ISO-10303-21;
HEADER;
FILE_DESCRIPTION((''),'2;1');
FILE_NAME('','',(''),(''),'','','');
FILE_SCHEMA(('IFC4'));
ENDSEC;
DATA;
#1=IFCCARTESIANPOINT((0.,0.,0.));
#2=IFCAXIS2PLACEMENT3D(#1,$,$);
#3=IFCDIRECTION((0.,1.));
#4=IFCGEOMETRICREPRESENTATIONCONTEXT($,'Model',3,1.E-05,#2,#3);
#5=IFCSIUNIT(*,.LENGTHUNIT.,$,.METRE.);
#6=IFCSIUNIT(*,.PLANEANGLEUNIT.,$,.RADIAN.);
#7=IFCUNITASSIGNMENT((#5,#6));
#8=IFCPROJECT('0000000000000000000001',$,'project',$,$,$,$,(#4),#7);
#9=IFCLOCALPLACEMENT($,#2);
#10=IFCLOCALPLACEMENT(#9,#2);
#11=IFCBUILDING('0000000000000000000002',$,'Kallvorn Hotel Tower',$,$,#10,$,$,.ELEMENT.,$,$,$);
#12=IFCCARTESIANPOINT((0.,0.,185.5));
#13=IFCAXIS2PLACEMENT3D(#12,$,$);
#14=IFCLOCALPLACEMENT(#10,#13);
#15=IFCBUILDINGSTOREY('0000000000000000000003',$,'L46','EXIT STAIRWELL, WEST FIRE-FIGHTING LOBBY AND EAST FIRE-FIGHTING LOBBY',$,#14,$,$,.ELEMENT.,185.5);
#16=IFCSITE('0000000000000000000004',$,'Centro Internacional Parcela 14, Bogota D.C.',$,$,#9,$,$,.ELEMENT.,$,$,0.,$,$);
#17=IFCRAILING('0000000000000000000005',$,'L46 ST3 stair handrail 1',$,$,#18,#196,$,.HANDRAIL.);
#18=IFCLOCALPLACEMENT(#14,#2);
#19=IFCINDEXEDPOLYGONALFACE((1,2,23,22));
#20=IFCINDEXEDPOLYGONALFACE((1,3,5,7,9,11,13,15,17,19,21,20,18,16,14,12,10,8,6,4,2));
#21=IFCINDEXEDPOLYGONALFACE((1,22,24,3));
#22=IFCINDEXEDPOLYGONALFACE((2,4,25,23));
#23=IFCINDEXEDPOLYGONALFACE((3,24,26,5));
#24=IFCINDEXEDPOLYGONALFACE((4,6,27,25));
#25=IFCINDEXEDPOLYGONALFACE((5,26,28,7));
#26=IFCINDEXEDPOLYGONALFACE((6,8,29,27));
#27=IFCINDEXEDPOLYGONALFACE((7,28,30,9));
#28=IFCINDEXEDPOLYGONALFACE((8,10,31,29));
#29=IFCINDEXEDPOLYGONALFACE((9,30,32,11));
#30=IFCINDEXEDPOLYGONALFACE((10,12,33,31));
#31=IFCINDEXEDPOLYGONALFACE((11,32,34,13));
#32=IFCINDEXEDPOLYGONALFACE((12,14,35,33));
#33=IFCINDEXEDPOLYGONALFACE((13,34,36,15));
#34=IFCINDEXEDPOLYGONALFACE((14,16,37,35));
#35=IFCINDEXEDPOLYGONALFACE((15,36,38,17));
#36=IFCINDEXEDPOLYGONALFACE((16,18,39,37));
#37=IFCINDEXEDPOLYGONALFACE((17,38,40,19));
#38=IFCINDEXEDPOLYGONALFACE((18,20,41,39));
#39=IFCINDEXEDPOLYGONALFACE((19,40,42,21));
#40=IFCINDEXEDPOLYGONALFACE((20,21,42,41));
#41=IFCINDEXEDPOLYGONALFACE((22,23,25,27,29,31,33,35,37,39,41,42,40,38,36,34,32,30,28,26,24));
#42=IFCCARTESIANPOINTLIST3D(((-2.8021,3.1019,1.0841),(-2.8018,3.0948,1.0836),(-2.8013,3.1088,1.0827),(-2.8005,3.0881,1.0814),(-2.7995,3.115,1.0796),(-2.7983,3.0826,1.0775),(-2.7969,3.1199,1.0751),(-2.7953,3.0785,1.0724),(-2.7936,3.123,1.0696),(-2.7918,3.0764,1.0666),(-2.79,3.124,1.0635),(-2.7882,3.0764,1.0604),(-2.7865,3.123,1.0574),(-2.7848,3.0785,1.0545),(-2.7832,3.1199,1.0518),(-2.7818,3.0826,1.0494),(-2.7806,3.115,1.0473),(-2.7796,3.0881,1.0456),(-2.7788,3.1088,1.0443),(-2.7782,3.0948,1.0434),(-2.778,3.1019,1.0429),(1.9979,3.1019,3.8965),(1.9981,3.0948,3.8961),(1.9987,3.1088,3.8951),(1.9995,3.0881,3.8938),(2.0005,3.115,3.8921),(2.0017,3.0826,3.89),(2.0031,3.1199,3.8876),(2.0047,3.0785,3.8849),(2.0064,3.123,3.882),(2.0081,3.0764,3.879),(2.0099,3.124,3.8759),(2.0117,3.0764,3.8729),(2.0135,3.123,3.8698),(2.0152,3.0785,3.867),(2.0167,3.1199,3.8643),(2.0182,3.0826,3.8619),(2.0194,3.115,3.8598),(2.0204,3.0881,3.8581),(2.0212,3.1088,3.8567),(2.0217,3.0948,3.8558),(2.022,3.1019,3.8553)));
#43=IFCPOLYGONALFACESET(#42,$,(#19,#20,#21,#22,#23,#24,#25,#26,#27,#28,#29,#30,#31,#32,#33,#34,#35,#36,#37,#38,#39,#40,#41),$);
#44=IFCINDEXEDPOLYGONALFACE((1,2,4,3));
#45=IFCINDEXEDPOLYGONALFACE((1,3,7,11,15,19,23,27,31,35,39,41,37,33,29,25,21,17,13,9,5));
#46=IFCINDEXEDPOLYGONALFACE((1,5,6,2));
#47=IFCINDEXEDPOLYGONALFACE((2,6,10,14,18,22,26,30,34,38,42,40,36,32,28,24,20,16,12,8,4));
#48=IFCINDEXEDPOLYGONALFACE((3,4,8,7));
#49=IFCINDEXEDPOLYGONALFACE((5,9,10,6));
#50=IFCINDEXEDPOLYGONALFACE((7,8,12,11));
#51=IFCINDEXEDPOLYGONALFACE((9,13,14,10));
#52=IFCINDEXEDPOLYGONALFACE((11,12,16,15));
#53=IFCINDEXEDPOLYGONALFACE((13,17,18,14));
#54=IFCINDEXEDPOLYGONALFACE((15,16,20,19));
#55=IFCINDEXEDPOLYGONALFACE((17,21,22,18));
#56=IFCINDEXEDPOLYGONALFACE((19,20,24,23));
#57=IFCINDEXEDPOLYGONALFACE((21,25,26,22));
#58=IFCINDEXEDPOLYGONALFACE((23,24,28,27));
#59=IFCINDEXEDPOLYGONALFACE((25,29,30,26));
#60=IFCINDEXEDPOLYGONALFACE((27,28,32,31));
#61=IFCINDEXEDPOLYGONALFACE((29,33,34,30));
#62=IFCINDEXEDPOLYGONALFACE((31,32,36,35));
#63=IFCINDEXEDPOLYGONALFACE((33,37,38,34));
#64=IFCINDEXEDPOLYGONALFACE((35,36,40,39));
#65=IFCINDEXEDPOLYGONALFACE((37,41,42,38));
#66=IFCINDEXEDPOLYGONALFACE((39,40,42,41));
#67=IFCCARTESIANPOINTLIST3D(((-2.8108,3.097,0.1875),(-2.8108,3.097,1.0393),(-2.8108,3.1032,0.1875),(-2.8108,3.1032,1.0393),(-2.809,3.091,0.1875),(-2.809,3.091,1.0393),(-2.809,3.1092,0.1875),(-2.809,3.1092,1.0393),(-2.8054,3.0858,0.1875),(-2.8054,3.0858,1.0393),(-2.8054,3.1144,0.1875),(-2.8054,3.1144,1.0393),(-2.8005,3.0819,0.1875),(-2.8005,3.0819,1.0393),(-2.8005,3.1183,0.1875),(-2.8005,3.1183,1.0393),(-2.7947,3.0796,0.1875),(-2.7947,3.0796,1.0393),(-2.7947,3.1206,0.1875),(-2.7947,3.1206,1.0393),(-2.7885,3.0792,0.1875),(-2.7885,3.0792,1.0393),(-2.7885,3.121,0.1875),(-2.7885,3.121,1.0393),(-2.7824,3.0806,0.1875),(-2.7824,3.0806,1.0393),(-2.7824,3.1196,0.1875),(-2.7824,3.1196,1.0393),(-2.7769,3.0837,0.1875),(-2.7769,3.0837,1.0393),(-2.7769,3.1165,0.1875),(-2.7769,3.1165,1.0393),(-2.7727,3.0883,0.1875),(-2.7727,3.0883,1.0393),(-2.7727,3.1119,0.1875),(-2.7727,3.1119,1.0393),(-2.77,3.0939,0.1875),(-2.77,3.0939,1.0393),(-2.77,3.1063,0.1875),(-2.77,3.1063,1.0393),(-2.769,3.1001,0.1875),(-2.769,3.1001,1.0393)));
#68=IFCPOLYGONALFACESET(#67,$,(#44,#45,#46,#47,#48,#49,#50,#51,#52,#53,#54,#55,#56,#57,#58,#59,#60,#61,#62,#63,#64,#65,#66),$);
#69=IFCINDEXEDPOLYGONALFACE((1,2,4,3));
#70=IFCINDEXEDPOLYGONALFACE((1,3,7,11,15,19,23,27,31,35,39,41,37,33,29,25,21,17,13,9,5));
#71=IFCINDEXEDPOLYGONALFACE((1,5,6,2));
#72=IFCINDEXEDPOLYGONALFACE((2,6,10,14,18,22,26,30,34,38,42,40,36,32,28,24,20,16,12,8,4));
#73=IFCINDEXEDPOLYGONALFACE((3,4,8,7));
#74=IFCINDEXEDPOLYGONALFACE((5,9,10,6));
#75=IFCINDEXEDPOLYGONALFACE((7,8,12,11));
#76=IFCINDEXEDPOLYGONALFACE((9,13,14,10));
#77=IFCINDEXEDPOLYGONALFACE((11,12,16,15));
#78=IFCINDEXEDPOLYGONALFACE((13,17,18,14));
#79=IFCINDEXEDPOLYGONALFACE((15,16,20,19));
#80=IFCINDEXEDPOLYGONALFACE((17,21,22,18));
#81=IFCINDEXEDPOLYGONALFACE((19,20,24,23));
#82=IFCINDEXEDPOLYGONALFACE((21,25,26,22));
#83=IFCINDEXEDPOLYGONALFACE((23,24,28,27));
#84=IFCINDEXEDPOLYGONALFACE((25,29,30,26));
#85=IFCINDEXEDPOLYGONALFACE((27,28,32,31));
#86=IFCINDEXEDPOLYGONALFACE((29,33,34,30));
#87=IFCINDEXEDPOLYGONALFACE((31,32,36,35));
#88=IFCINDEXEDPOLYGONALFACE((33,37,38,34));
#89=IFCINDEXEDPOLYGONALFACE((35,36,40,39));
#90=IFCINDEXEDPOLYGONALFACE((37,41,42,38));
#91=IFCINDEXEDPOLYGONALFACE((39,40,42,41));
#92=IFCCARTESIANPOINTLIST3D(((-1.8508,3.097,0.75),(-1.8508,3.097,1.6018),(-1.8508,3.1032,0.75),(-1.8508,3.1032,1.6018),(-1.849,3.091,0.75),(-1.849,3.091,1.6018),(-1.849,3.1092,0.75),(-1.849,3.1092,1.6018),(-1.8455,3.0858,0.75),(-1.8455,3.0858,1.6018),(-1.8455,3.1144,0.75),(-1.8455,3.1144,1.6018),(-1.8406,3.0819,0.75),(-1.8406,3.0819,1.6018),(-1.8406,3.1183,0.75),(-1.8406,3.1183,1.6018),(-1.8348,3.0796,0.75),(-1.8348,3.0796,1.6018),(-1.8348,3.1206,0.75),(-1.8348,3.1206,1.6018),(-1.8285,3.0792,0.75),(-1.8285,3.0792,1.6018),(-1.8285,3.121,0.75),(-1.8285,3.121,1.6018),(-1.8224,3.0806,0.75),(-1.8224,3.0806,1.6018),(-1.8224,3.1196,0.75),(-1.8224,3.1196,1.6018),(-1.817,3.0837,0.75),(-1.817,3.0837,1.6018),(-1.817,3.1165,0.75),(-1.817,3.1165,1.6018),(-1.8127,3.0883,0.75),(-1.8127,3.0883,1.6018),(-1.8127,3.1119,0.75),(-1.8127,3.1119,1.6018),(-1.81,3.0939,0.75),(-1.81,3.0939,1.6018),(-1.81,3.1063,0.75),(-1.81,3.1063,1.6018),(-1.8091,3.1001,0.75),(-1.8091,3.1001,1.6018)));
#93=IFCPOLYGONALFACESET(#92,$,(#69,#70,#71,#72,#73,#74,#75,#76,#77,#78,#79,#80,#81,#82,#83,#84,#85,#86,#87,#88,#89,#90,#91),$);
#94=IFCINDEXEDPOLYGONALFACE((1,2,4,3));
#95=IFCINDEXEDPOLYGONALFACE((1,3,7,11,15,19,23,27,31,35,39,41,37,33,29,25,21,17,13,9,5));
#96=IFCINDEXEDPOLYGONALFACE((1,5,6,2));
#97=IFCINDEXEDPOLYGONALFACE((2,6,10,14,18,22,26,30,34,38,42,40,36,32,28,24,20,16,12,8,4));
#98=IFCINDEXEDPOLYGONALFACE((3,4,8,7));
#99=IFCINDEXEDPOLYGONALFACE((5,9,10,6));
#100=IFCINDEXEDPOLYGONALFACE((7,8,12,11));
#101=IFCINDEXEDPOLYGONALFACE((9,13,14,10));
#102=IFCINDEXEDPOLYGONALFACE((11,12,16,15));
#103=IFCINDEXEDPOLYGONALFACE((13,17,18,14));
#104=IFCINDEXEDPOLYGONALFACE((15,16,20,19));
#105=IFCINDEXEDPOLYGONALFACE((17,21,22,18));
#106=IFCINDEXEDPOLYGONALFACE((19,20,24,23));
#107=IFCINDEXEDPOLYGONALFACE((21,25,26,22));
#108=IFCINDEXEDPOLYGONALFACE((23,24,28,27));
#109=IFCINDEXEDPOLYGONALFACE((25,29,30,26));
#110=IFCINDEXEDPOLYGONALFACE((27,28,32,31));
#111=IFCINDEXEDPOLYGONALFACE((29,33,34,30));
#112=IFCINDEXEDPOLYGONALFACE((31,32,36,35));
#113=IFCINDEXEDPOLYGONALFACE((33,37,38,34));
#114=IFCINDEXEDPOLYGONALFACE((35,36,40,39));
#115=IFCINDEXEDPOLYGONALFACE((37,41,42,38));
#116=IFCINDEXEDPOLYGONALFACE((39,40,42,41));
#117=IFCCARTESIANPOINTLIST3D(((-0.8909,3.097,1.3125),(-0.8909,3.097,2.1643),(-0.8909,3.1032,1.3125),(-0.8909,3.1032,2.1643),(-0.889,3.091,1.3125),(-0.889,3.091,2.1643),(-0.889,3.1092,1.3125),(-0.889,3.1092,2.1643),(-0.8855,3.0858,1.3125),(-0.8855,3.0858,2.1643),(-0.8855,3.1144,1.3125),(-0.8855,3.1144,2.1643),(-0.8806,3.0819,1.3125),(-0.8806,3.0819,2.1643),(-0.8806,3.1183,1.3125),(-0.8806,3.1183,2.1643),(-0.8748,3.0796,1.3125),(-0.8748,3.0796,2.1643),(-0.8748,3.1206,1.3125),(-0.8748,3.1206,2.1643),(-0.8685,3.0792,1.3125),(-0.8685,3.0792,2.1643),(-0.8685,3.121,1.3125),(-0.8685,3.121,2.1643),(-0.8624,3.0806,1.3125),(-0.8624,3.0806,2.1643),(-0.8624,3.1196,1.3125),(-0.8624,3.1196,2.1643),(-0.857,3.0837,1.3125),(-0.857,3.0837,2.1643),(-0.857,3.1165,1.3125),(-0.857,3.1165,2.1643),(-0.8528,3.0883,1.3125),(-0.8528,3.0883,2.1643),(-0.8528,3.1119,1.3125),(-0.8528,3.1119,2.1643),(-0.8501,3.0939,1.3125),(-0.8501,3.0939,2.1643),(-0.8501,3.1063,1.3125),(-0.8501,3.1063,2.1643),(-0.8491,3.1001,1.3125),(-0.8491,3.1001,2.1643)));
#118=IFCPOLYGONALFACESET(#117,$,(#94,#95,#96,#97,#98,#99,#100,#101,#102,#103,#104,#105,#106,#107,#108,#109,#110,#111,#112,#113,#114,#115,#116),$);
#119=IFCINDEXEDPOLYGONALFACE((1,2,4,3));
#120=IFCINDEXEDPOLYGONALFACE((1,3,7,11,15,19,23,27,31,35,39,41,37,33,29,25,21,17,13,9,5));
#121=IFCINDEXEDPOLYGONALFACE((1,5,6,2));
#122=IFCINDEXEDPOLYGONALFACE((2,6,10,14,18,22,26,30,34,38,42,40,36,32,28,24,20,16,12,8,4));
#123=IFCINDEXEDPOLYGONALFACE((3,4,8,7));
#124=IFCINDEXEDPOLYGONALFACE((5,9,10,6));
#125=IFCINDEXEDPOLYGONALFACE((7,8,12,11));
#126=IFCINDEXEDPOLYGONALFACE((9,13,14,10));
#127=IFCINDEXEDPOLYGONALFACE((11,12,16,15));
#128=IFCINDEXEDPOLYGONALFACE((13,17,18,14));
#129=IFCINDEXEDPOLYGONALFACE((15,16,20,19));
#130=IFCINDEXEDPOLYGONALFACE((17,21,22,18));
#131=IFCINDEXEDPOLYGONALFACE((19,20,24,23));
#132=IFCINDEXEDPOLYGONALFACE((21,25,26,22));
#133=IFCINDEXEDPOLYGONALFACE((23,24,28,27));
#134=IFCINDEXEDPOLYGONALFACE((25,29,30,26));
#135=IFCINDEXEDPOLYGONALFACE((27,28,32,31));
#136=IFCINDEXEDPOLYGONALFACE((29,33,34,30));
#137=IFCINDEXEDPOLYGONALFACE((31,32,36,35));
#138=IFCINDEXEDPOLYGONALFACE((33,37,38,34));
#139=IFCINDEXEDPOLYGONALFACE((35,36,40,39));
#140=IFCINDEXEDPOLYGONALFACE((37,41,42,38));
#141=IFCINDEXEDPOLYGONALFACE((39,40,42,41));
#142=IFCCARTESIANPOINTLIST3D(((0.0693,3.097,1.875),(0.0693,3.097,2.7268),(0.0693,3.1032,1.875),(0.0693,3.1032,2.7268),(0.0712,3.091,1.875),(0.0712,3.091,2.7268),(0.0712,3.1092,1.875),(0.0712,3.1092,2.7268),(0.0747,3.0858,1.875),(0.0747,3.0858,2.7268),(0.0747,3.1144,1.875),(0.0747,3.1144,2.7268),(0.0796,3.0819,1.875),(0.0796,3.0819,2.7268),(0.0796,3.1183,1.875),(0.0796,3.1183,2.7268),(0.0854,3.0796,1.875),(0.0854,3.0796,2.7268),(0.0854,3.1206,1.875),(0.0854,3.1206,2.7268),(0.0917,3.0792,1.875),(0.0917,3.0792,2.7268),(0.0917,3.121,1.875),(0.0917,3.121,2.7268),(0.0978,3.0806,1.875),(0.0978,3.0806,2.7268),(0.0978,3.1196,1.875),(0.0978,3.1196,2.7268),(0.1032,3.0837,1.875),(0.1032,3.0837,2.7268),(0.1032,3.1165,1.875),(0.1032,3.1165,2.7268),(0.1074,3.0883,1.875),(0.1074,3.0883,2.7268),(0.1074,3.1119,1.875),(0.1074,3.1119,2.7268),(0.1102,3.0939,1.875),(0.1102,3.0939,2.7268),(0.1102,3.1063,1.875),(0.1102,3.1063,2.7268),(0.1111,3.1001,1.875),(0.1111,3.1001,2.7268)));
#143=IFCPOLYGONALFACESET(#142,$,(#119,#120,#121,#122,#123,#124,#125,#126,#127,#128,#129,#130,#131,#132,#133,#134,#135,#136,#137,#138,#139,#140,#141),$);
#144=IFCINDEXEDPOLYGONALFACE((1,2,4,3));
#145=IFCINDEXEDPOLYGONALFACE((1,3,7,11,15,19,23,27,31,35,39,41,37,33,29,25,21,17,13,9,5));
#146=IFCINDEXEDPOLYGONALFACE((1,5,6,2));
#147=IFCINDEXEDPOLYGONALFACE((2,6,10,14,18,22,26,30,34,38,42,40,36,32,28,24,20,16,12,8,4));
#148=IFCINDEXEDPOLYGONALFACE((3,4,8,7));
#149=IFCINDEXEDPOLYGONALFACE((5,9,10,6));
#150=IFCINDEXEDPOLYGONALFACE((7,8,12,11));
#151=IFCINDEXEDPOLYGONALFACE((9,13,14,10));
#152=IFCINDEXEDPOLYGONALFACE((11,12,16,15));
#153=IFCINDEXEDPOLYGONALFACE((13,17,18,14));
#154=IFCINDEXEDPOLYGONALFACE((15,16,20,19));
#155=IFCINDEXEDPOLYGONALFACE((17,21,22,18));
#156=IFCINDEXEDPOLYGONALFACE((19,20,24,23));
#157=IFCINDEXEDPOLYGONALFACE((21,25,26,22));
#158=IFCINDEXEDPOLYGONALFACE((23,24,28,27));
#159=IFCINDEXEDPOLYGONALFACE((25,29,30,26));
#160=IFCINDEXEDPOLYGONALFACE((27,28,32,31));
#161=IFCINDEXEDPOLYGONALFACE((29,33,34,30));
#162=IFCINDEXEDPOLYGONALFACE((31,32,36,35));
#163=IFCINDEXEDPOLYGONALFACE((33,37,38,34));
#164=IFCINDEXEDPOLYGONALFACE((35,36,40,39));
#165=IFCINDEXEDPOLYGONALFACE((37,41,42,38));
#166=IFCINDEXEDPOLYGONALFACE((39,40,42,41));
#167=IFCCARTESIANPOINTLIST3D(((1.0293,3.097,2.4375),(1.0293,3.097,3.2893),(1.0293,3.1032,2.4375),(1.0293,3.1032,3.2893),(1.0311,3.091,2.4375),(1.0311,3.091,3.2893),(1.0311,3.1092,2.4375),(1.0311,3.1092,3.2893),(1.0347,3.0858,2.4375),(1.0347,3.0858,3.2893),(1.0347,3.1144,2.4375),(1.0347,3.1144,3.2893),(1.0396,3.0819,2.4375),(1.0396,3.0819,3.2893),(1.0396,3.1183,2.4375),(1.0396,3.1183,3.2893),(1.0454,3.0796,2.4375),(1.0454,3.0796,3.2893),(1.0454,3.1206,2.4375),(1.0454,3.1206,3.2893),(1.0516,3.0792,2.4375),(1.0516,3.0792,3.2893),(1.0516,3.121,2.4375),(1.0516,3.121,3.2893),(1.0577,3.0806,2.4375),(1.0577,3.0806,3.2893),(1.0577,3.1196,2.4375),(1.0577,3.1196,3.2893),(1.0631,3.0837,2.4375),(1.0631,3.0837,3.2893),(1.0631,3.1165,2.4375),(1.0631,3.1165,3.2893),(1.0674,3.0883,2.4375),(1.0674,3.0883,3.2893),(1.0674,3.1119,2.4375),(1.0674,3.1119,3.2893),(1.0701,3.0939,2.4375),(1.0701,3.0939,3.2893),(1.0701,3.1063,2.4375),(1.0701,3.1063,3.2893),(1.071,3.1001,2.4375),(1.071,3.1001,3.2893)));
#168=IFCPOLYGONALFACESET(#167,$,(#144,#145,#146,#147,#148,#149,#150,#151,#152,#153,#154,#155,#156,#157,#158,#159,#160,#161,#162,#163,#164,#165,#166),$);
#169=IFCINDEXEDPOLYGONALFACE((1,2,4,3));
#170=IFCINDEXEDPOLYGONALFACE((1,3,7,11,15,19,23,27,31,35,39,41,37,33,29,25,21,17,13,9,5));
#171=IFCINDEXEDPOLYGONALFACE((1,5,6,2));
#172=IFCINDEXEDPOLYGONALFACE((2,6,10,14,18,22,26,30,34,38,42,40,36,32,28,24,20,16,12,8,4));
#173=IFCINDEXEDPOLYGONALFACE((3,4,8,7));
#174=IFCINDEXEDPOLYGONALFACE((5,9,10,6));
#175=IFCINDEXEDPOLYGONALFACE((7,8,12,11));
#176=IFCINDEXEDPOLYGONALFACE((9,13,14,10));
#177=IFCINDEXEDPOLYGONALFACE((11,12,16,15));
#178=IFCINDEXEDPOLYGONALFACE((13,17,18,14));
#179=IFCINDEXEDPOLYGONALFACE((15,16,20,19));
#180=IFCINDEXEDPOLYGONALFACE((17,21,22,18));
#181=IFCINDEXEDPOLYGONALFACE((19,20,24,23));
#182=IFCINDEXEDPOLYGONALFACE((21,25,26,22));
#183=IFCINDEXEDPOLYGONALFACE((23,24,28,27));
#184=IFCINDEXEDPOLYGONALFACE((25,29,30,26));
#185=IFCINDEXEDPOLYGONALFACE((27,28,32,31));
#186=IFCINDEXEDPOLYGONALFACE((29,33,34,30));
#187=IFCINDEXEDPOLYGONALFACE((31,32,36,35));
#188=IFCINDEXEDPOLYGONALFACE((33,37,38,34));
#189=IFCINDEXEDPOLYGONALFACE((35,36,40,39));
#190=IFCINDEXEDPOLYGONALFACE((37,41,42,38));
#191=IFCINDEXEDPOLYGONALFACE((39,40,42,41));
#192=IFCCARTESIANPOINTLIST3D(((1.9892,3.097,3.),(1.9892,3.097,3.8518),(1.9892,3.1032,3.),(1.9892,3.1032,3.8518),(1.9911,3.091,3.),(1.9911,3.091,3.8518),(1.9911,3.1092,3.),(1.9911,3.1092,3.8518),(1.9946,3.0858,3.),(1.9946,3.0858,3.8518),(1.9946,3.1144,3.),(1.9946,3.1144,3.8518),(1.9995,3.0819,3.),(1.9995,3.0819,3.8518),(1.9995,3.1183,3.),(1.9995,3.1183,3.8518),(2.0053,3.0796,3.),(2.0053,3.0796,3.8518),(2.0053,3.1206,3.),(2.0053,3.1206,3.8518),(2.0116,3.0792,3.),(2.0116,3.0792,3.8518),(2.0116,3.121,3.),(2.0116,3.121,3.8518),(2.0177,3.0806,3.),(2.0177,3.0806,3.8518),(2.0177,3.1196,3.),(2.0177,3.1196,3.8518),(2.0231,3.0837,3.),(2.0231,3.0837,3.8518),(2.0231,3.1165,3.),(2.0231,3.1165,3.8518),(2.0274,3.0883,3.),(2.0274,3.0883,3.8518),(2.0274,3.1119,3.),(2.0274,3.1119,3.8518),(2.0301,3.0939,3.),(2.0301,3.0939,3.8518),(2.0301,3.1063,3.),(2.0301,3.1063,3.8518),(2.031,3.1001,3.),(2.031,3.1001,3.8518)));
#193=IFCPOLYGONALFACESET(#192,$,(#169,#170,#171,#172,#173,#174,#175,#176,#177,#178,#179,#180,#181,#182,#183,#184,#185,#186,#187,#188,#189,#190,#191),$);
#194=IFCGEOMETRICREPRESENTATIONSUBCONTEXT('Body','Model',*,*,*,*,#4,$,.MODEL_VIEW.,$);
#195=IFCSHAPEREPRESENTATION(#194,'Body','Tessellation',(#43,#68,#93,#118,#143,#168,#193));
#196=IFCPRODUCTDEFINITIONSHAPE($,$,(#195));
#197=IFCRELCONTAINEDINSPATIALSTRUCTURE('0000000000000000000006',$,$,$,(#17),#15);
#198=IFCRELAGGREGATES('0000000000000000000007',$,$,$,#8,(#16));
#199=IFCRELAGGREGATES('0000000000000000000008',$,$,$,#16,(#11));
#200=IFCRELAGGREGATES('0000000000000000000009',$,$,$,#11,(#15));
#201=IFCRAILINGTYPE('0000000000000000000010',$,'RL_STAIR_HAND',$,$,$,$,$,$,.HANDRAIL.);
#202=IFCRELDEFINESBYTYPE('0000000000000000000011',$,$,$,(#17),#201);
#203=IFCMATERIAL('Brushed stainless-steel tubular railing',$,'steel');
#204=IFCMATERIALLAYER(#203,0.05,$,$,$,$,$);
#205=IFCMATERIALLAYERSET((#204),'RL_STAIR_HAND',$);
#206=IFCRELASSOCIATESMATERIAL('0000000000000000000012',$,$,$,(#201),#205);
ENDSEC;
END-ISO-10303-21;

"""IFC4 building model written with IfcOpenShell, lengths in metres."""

from ifc_helpers import new_model, si_unit, direction, frame, origin, origin_2d, place, context, subcontext, project, spatial, circle, extrude, material, layer, layer_set, type_object, element, save


model = new_model("IFC4")

# Units and contexts
model_context = context("Model", 3, precision=1e-05, world=origin(), true_north=direction((0.0, 1.0)))
body_context = subcontext(model_context, "Body", "Model", "MODEL_VIEW")
ifc_project = project(units=[si_unit("LENGTHUNIT", "METRE"), si_unit("PLANEANGLEUNIT", "RADIAN")], contexts=[model_context])

# Site, building, storey
site_placement = place(None, origin())
site = spatial("IfcSite", under=ifc_project, at=site_placement, Name="Centro Internacional Parcela 14, Bogota D.C.", CompositionType="ELEMENT", RefElevation=0.0)
building_placement = place(site_placement, origin())
building = spatial("IfcBuilding", under=site, at=building_placement, Name="Kallvorn Hotel Tower", CompositionType="ELEMENT")
storey_placement = place(building_placement, frame((0.0, 0.0, 185.5)))
storey = spatial("IfcBuildingStorey", under=building, at=storey_placement, Name="L46", Description="EXIT STAIRWELL, WEST FIRE-FIGHTING LOBBY AND EAST FIRE-FIGHTING LOBBY", CompositionType="ELEMENT", Elevation=185.5)

# Railing
ifc_material_1 = material(Name="Brushed stainless-steel tubular railing", Category="steel")
ifc_layer_1 = layer(ifc_material_1, 0.05)
ifc_layer_set_1 = layer_set([ifc_layer_1], Name="RL_STAIR_HAND")
railing_type_1 = type_object("IfcRailingType", Name="RL_STAIR_HAND", PredefinedType="HANDRAIL", material=ifc_layer_set_1)
railing_1_placement = place(storey_placement, frame((-2.79, 3.1001, 0.1875)))
element("IfcRailing", 1, at=railing_1_placement, inside=storey, type_object=railing_type_1, Name="L46 ST3 stair handrail 1", PredefinedType="HANDRAIL", context=body_context, shape_type="SweptSolid", body=[
    extrude(circle(Radius=0.0239, at=origin_2d()), frame((0.0, 0.0, 0.876), z_axis=(0.862802, 0.0, 0.505543), x_axis=(0.0, 1.0, 0.0)), (0.0, 0.0, 1.0), 5.5632),
    extrude(circle(Radius=0.021, at=origin_2d()), origin(), (0.0, 0.0, 1.0), 0.8518),
    extrude(circle(Radius=0.021, at=origin_2d()), frame((0.96, 0.0, 0.5625)), (0.0, 0.0, 1.0), 0.8518),
    extrude(circle(Radius=0.021, at=origin_2d()), frame((1.9199, 0.0, 1.125)), (0.0, 0.0, 1.0), 0.8518),
    extrude(circle(Radius=0.021, at=origin_2d()), frame((2.8801, 0.0, 1.6875)), (0.0, 0.0, 1.0), 0.8518),
    extrude(circle(Radius=0.021, at=origin_2d()), frame((3.8401, 0.0, 2.25)), (0.0, 0.0, 1.0), 0.8518),
    extrude(circle(Radius=0.021, at=origin_2d()), frame((4.8, 0.0, 2.8125)), (0.0, 0.0, 1.0), 0.8518),
])

save(model, "model.ifc")
